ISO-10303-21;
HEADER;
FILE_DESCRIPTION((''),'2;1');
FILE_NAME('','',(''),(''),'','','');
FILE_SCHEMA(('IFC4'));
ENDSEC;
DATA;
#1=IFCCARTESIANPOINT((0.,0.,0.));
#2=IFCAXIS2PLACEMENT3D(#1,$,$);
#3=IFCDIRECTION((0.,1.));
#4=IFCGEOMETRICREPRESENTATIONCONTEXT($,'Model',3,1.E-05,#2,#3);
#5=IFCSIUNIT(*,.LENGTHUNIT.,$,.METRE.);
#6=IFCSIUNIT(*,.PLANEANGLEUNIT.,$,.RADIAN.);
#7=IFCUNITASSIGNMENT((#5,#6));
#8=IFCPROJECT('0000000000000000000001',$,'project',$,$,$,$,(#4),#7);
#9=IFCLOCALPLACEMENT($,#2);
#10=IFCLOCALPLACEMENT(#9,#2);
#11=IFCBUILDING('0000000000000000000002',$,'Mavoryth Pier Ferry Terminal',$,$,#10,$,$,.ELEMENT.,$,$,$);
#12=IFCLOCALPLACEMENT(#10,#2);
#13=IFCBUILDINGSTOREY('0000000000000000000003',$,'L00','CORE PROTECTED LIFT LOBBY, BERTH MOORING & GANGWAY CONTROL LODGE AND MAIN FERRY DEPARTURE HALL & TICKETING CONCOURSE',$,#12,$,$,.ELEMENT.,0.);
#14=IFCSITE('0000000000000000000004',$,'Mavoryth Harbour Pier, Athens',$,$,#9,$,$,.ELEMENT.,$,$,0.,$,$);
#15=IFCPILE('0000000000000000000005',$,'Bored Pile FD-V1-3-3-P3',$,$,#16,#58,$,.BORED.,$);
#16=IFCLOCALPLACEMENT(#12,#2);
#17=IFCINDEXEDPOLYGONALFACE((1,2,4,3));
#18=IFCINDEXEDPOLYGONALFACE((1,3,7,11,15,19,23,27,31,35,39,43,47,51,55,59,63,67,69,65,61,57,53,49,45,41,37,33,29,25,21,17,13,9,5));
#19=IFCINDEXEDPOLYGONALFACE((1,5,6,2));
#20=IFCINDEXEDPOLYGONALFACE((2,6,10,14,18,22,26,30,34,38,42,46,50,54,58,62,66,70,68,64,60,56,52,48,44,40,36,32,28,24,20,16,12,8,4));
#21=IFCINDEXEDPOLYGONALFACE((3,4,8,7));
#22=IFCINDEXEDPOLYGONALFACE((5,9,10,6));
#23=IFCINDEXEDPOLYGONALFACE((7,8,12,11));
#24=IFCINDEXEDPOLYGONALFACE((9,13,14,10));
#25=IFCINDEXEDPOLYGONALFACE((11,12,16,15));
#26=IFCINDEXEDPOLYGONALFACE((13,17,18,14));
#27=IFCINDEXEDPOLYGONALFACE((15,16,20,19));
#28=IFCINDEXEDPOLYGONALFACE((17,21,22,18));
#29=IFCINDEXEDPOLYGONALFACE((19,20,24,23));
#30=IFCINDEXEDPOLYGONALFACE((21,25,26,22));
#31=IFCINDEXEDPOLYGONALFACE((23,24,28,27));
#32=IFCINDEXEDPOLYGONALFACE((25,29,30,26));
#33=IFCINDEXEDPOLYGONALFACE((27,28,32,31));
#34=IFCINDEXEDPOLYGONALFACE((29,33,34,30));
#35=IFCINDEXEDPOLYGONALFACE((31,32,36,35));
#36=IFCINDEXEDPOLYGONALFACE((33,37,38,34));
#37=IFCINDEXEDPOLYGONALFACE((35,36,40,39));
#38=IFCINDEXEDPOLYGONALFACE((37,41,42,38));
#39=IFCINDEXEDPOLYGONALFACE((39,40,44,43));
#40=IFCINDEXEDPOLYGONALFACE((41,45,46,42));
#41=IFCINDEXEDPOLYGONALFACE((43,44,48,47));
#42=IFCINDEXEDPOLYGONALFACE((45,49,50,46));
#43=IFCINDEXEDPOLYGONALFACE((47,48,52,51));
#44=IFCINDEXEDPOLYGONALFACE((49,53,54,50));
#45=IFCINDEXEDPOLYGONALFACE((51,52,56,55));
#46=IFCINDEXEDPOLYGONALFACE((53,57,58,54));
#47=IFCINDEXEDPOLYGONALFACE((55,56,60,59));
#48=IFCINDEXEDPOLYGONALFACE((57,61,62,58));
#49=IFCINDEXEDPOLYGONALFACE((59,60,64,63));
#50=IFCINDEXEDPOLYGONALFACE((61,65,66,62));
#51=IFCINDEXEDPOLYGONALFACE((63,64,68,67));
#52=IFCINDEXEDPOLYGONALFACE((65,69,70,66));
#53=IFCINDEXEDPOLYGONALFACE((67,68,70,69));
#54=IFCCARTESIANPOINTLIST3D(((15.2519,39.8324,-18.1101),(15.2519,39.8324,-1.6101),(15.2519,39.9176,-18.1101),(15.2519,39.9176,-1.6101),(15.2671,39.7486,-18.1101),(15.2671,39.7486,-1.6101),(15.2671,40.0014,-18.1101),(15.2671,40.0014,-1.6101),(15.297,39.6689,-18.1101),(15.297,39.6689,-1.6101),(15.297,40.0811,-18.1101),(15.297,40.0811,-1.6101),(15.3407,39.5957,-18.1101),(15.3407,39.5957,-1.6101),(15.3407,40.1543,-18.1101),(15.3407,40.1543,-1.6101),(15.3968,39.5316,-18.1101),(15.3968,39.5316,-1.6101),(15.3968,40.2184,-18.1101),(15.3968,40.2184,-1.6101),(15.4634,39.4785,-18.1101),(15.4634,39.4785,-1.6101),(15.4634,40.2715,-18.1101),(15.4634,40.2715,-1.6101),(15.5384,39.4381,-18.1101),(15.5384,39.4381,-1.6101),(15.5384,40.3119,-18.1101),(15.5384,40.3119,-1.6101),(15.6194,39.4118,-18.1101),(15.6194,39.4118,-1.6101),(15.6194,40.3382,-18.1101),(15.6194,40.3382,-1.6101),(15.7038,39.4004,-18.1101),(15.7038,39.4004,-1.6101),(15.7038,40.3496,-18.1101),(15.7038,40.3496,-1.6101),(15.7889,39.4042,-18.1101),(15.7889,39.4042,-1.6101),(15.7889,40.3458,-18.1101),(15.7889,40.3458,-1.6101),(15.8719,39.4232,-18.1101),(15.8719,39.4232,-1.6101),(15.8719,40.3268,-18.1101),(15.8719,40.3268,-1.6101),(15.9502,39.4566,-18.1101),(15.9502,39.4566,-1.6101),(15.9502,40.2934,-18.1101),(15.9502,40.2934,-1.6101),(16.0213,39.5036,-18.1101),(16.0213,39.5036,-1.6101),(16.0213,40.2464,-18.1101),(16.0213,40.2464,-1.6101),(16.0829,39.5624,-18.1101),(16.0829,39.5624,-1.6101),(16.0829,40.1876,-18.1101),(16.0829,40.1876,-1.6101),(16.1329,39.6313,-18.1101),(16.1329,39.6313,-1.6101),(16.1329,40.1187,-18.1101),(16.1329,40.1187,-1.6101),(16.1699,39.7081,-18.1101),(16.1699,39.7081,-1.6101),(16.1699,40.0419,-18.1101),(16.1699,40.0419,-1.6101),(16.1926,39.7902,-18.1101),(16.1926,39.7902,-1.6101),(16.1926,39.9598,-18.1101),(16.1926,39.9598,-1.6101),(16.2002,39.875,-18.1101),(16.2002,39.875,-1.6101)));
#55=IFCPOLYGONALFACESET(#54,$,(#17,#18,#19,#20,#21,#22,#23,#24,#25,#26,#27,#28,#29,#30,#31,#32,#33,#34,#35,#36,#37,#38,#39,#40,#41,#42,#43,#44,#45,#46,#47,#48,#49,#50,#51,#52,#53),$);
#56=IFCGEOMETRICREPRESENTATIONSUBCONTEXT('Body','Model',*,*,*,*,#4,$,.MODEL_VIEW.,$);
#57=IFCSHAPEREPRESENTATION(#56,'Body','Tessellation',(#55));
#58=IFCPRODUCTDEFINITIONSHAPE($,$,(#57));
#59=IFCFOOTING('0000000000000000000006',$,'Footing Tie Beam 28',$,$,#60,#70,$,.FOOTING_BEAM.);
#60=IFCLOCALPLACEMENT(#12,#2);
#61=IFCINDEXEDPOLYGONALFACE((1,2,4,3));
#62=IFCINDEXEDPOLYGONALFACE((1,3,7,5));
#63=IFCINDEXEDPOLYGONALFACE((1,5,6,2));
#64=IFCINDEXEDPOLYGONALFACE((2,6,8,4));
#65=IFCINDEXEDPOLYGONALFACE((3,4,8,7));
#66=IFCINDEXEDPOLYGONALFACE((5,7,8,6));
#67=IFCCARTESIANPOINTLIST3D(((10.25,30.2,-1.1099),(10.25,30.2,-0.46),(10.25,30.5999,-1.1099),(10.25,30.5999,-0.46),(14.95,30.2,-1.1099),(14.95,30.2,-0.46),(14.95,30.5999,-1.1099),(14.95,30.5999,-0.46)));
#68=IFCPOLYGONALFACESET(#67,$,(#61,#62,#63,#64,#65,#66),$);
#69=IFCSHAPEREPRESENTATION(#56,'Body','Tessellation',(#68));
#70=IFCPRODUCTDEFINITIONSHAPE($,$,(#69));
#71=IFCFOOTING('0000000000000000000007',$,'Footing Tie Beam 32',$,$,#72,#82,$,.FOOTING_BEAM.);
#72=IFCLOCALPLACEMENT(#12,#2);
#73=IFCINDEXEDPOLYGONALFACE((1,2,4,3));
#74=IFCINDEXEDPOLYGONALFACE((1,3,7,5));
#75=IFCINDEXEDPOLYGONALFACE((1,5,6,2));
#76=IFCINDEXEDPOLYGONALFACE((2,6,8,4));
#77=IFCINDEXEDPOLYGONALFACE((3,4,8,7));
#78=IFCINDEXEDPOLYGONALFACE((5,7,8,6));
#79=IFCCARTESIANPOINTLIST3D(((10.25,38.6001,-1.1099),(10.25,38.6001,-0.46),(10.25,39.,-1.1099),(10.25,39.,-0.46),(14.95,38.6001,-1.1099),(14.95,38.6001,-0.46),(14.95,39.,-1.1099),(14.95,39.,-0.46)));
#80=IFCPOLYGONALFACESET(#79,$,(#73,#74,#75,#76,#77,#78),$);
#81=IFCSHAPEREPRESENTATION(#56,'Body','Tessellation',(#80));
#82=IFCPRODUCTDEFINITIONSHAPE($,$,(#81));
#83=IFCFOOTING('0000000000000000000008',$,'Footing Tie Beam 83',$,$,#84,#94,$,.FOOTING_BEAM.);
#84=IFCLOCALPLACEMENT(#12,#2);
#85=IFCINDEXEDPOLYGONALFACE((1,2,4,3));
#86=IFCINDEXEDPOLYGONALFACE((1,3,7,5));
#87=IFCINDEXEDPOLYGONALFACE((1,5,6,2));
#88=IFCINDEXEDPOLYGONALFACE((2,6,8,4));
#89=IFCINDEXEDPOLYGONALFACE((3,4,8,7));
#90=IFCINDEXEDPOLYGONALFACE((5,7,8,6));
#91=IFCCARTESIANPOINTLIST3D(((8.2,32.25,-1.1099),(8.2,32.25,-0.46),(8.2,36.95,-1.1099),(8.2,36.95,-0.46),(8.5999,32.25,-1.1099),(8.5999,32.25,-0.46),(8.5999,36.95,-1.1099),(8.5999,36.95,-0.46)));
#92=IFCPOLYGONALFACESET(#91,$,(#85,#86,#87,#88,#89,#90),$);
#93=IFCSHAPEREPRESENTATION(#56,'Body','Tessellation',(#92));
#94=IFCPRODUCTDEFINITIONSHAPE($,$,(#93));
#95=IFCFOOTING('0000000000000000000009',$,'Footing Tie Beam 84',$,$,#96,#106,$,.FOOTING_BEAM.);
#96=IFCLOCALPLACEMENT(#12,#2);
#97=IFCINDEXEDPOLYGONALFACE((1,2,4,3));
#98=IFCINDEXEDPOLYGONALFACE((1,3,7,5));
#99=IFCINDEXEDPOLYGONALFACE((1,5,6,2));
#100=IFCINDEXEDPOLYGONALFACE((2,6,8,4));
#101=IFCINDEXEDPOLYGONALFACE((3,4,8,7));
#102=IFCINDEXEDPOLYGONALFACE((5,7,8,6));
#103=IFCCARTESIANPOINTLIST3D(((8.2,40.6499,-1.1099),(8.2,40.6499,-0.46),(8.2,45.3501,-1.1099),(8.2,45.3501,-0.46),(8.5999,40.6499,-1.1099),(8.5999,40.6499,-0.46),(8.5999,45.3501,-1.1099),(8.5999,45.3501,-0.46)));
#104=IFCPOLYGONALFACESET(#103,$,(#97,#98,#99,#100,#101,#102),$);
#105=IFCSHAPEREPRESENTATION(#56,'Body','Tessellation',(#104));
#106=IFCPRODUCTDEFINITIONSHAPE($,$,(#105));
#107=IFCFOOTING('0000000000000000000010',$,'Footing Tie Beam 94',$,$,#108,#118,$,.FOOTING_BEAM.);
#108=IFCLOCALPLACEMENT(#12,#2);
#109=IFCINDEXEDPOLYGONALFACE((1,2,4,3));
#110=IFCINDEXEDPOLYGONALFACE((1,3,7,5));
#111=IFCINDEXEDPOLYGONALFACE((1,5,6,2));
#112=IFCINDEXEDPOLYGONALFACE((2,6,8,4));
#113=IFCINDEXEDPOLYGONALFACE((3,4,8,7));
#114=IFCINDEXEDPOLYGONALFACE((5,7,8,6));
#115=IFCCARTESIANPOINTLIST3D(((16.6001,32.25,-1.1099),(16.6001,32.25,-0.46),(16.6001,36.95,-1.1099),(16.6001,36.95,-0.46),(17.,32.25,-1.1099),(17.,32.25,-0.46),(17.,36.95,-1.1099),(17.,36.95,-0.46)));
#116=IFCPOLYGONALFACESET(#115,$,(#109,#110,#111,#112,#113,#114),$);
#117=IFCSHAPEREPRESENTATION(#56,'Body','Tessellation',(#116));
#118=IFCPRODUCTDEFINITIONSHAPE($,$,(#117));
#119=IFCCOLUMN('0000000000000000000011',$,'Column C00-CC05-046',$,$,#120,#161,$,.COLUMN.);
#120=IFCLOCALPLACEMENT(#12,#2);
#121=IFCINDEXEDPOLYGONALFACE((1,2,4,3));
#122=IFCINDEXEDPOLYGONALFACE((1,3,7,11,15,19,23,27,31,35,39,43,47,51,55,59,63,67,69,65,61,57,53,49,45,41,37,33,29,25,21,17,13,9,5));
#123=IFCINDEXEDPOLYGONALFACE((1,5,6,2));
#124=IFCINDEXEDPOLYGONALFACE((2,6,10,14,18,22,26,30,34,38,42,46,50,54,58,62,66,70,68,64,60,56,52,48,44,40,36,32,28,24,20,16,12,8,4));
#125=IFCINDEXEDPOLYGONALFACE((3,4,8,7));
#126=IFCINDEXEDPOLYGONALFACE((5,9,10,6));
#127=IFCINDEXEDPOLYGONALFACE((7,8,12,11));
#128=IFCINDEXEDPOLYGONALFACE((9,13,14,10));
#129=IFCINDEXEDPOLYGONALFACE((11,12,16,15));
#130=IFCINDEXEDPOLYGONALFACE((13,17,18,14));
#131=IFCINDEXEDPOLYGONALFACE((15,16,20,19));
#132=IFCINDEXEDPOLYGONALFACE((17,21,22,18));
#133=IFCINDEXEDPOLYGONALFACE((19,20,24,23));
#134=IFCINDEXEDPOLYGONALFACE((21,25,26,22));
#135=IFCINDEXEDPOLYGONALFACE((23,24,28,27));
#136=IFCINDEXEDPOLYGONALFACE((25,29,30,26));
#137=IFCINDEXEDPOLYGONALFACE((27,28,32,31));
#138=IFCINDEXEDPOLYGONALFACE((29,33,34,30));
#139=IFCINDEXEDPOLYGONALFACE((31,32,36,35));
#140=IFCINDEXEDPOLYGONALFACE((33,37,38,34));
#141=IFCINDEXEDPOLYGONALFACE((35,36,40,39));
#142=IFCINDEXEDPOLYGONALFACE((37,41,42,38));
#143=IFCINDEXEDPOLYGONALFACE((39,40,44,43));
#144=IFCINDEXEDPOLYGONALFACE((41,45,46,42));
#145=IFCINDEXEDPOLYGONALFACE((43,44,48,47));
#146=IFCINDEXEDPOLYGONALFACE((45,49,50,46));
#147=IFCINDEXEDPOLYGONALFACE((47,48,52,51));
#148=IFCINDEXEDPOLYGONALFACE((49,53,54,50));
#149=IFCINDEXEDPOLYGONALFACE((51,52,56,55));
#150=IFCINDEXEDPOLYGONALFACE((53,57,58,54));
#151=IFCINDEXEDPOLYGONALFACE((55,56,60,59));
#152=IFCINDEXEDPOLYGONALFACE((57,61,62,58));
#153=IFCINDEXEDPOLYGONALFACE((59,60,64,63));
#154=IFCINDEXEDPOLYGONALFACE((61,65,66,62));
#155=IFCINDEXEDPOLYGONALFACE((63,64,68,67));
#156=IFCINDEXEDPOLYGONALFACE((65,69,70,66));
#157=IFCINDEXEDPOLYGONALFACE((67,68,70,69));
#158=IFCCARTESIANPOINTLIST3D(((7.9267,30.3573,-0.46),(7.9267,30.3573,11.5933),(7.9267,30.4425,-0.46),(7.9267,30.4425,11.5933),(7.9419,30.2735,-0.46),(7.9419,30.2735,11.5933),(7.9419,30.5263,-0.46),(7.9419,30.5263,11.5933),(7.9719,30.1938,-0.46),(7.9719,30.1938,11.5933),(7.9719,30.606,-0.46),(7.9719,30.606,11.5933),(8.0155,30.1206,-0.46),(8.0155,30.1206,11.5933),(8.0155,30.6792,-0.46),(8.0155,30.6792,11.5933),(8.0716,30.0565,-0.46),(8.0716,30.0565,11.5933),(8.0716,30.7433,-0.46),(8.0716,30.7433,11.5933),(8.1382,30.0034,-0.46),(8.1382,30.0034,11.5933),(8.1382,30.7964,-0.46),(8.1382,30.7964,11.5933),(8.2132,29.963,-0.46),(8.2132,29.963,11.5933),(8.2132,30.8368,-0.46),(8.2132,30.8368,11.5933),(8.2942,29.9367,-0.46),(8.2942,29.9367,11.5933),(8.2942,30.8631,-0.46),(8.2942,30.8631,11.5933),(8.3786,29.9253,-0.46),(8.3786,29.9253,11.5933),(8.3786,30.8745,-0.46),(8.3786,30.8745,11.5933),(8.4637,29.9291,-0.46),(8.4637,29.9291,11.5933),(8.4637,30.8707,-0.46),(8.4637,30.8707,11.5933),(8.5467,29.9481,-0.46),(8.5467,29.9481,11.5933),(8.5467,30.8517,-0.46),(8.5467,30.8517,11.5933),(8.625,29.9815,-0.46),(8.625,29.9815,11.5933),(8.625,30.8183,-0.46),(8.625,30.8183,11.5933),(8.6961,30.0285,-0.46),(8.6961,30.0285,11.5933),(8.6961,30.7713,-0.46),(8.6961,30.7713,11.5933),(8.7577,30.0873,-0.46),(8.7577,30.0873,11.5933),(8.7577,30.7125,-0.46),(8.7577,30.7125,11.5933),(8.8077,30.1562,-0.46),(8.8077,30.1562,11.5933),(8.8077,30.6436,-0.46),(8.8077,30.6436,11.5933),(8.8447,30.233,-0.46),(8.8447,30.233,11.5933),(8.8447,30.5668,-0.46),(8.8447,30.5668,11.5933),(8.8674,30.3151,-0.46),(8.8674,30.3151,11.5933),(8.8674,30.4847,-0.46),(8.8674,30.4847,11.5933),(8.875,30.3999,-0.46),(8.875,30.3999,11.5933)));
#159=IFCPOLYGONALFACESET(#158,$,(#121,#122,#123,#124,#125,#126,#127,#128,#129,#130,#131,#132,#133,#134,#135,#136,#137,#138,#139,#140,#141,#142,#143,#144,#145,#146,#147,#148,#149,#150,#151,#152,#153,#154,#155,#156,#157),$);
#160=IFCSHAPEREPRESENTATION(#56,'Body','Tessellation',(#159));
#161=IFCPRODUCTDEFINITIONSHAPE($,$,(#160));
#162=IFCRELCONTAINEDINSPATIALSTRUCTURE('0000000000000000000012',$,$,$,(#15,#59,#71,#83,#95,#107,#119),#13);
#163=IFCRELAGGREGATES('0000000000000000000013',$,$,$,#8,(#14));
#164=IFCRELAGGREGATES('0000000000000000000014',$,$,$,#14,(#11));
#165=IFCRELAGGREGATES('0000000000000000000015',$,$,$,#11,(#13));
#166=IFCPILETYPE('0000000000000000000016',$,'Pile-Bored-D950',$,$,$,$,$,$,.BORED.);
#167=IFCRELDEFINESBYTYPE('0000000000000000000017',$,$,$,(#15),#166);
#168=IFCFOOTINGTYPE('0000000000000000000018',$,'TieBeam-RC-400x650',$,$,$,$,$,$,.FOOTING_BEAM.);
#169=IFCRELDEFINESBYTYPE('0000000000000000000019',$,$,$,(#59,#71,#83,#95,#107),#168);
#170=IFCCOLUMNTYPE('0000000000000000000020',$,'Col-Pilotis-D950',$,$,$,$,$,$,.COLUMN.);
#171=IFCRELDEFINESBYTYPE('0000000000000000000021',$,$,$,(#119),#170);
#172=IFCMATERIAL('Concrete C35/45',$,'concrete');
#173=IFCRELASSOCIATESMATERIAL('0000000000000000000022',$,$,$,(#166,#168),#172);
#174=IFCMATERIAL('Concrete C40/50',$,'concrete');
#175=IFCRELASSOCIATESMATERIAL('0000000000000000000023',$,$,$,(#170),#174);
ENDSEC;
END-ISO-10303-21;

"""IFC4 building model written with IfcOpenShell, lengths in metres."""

from ifc_helpers import new_model, si_unit, direction, frame, origin, origin_2d, place, context, subcontext, project, spatial, rectangle, circle, extrude, material, material_profile, profile_set, type_object, element, save


model = new_model("IFC4")

# Units and contexts
model_context = context("Model", 3, precision=1e-05, world=origin(), true_north=direction((0.0, 1.0)))
body_context = subcontext(model_context, "Body", "Model", "MODEL_VIEW")
ifc_project = project(units=[si_unit("LENGTHUNIT", "METRE"), si_unit("PLANEANGLEUNIT", "RADIAN")], contexts=[model_context])

# Site, building, storey
site_placement = place(None, origin())
site = spatial("IfcSite", under=ifc_project, at=site_placement, Name="Mavoryth Harbour Pier, Athens", CompositionType="ELEMENT", RefElevation=0.0)
building_placement = place(site_placement, origin())
building = spatial("IfcBuilding", under=site, at=building_placement, Name="Mavoryth Pier Ferry Terminal", CompositionType="ELEMENT")
storey_placement = place(building_placement, origin())
storey = spatial("IfcBuildingStorey", under=building, at=storey_placement, Name="L00", Description="CORE PROTECTED LIFT LOBBY, BERTH MOORING & GANGWAY CONTROL LODGE AND MAIN FERRY DEPARTURE HALL & TICKETING CONCOURSE", CompositionType="ELEMENT", Elevation=0.0)

# Shared definitions
ifc_material_1 = material(Name="Concrete C35/45", Category="concrete")

# Pile
ifc_material_profile_1 = material_profile(ifc_material_1, circle(Radius=0.4751, at=origin_2d()), Name="PILE D950", Category="concrete")
ifc_profile_set_1 = profile_set([ifc_material_profile_1], Name="Concrete C35/45 - PILE D950")
pile_type = type_object("IfcPileType", Name="Pile-Bored-D950", PredefinedType="BORED", material=ifc_profile_set_1)
for number, where, z_axis, x_axis, name in (
    (1, (15.7251, 39.875, -1.6101), (0.0, 0.0, -1.0), (1.0, 0.0, 0.0), "Bored Pile FD-V1-3-3-P3"),
):
    element("IfcPile", number, at=place(storey_placement, frame(where, z_axis=z_axis, x_axis=x_axis)), inside=storey, type_object=pile_type, Name=name, PredefinedType="BORED", context=body_context, shape_type="SweptSolid", body=[
        extrude(circle(Radius=0.4751, at=origin_2d()), origin(), (0.0, 0.0, 1.0), 16.5),
    ])

# Footings
ifc_material_profile_2 = material_profile(ifc_material_1, rectangle(XDim=0.3999, YDim=0.6499, at=origin_2d()), Name="RC 400x650", Category="concrete")
ifc_profile_set_2 = profile_set([ifc_material_profile_2], Name="Concrete C35/45 - RC 400x650")
footing_type_1 = type_object("IfcFootingType", Name="TieBeam-RC-400x650", PredefinedType="FOOTING_BEAM", material=ifc_profile_set_2)
for number, where, z_axis, x_axis, name in (
    (2, (10.25, 30.3999, -0.7849), (1.0, 0.0, 0.0), (0.0, 1.0, 0.0), "Footing Tie Beam 28"),
    (3, (10.25, 38.8, -0.7849), (1.0, 0.0, 0.0), (0.0, 1.0, 0.0), "Footing Tie Beam 32"),
    (4, (8.3999, 32.25, -0.7849), (0.0, 1.0, 0.0), (-1.0, 0.0, 0.0), "Footing Tie Beam 83"),
):
    element("IfcFooting", number, at=place(storey_placement, frame(where, z_axis=z_axis, x_axis=x_axis)), inside=storey, type_object=footing_type_1, Name=name, PredefinedType="FOOTING_BEAM", context=body_context, shape_type="SweptSolid", body=[
        extrude(rectangle(XDim=0.3999, YDim=0.6499, at=origin_2d()), origin(), (0.0, 0.0, 1.0), 4.7),
    ])
footing_1_placement = place(storey_placement, frame((8.3999, 40.6499, -0.7849), z_axis=(0.0, 1.0, 0.0), x_axis=(-1.0, 0.0, 0.0)))
element("IfcFooting", 5, at=footing_1_placement, inside=storey, type_object=footing_type_1, Name="Footing Tie Beam 84", PredefinedType="FOOTING_BEAM", context=body_context, shape_type="SweptSolid", body=[
    extrude(rectangle(XDim=0.3999, YDim=0.6499, at=origin_2d()), origin(), (0.0, 0.0, 1.0), 4.7002),
])
footing_2_placement = place(storey_placement, frame((16.8, 32.25, -0.7849), z_axis=(0.0, 1.0, 0.0), x_axis=(-1.0, 0.0, 0.0)))
element("IfcFooting", 6, at=footing_2_placement, inside=storey, type_object=footing_type_1, Name="Footing Tie Beam 94", PredefinedType="FOOTING_BEAM", context=body_context, shape_type="SweptSolid", body=[
    extrude(rectangle(XDim=0.3999, YDim=0.6499, at=origin_2d()), origin(), (0.0, 0.0, 1.0), 4.7),
])

# Column
ifc_material_2 = material(Name="Concrete C40/50", Category="concrete")
ifc_material_profile_3 = material_profile(ifc_material_2, circle(Radius=0.4751, at=origin_2d()), Name="RC D950", Category="concrete")
ifc_profile_set_3 = profile_set([ifc_material_profile_3], Name="Concrete C40/50 - RC D950")
column_type = type_object("IfcColumnType", Name="Col-Pilotis-D950", PredefinedType="COLUMN", material=ifc_profile_set_3)
column_1_placement = place(storey_placement, frame((8.3999, 30.3999, -0.46), z_axis=(0.0, 0.0, 1.0), x_axis=(1.0, 0.0, 0.0)))
element("IfcColumn", 7, at=column_1_placement, inside=storey, type_object=column_type, Name="Column C00-CC05-046", PredefinedType="COLUMN", context=body_context, shape_type="SweptSolid", body=[
    extrude(circle(Radius=0.4751, at=origin_2d()), origin(), (0.0, 0.0, 1.0), 12.0532),
])

save(model, "model.ifc")
